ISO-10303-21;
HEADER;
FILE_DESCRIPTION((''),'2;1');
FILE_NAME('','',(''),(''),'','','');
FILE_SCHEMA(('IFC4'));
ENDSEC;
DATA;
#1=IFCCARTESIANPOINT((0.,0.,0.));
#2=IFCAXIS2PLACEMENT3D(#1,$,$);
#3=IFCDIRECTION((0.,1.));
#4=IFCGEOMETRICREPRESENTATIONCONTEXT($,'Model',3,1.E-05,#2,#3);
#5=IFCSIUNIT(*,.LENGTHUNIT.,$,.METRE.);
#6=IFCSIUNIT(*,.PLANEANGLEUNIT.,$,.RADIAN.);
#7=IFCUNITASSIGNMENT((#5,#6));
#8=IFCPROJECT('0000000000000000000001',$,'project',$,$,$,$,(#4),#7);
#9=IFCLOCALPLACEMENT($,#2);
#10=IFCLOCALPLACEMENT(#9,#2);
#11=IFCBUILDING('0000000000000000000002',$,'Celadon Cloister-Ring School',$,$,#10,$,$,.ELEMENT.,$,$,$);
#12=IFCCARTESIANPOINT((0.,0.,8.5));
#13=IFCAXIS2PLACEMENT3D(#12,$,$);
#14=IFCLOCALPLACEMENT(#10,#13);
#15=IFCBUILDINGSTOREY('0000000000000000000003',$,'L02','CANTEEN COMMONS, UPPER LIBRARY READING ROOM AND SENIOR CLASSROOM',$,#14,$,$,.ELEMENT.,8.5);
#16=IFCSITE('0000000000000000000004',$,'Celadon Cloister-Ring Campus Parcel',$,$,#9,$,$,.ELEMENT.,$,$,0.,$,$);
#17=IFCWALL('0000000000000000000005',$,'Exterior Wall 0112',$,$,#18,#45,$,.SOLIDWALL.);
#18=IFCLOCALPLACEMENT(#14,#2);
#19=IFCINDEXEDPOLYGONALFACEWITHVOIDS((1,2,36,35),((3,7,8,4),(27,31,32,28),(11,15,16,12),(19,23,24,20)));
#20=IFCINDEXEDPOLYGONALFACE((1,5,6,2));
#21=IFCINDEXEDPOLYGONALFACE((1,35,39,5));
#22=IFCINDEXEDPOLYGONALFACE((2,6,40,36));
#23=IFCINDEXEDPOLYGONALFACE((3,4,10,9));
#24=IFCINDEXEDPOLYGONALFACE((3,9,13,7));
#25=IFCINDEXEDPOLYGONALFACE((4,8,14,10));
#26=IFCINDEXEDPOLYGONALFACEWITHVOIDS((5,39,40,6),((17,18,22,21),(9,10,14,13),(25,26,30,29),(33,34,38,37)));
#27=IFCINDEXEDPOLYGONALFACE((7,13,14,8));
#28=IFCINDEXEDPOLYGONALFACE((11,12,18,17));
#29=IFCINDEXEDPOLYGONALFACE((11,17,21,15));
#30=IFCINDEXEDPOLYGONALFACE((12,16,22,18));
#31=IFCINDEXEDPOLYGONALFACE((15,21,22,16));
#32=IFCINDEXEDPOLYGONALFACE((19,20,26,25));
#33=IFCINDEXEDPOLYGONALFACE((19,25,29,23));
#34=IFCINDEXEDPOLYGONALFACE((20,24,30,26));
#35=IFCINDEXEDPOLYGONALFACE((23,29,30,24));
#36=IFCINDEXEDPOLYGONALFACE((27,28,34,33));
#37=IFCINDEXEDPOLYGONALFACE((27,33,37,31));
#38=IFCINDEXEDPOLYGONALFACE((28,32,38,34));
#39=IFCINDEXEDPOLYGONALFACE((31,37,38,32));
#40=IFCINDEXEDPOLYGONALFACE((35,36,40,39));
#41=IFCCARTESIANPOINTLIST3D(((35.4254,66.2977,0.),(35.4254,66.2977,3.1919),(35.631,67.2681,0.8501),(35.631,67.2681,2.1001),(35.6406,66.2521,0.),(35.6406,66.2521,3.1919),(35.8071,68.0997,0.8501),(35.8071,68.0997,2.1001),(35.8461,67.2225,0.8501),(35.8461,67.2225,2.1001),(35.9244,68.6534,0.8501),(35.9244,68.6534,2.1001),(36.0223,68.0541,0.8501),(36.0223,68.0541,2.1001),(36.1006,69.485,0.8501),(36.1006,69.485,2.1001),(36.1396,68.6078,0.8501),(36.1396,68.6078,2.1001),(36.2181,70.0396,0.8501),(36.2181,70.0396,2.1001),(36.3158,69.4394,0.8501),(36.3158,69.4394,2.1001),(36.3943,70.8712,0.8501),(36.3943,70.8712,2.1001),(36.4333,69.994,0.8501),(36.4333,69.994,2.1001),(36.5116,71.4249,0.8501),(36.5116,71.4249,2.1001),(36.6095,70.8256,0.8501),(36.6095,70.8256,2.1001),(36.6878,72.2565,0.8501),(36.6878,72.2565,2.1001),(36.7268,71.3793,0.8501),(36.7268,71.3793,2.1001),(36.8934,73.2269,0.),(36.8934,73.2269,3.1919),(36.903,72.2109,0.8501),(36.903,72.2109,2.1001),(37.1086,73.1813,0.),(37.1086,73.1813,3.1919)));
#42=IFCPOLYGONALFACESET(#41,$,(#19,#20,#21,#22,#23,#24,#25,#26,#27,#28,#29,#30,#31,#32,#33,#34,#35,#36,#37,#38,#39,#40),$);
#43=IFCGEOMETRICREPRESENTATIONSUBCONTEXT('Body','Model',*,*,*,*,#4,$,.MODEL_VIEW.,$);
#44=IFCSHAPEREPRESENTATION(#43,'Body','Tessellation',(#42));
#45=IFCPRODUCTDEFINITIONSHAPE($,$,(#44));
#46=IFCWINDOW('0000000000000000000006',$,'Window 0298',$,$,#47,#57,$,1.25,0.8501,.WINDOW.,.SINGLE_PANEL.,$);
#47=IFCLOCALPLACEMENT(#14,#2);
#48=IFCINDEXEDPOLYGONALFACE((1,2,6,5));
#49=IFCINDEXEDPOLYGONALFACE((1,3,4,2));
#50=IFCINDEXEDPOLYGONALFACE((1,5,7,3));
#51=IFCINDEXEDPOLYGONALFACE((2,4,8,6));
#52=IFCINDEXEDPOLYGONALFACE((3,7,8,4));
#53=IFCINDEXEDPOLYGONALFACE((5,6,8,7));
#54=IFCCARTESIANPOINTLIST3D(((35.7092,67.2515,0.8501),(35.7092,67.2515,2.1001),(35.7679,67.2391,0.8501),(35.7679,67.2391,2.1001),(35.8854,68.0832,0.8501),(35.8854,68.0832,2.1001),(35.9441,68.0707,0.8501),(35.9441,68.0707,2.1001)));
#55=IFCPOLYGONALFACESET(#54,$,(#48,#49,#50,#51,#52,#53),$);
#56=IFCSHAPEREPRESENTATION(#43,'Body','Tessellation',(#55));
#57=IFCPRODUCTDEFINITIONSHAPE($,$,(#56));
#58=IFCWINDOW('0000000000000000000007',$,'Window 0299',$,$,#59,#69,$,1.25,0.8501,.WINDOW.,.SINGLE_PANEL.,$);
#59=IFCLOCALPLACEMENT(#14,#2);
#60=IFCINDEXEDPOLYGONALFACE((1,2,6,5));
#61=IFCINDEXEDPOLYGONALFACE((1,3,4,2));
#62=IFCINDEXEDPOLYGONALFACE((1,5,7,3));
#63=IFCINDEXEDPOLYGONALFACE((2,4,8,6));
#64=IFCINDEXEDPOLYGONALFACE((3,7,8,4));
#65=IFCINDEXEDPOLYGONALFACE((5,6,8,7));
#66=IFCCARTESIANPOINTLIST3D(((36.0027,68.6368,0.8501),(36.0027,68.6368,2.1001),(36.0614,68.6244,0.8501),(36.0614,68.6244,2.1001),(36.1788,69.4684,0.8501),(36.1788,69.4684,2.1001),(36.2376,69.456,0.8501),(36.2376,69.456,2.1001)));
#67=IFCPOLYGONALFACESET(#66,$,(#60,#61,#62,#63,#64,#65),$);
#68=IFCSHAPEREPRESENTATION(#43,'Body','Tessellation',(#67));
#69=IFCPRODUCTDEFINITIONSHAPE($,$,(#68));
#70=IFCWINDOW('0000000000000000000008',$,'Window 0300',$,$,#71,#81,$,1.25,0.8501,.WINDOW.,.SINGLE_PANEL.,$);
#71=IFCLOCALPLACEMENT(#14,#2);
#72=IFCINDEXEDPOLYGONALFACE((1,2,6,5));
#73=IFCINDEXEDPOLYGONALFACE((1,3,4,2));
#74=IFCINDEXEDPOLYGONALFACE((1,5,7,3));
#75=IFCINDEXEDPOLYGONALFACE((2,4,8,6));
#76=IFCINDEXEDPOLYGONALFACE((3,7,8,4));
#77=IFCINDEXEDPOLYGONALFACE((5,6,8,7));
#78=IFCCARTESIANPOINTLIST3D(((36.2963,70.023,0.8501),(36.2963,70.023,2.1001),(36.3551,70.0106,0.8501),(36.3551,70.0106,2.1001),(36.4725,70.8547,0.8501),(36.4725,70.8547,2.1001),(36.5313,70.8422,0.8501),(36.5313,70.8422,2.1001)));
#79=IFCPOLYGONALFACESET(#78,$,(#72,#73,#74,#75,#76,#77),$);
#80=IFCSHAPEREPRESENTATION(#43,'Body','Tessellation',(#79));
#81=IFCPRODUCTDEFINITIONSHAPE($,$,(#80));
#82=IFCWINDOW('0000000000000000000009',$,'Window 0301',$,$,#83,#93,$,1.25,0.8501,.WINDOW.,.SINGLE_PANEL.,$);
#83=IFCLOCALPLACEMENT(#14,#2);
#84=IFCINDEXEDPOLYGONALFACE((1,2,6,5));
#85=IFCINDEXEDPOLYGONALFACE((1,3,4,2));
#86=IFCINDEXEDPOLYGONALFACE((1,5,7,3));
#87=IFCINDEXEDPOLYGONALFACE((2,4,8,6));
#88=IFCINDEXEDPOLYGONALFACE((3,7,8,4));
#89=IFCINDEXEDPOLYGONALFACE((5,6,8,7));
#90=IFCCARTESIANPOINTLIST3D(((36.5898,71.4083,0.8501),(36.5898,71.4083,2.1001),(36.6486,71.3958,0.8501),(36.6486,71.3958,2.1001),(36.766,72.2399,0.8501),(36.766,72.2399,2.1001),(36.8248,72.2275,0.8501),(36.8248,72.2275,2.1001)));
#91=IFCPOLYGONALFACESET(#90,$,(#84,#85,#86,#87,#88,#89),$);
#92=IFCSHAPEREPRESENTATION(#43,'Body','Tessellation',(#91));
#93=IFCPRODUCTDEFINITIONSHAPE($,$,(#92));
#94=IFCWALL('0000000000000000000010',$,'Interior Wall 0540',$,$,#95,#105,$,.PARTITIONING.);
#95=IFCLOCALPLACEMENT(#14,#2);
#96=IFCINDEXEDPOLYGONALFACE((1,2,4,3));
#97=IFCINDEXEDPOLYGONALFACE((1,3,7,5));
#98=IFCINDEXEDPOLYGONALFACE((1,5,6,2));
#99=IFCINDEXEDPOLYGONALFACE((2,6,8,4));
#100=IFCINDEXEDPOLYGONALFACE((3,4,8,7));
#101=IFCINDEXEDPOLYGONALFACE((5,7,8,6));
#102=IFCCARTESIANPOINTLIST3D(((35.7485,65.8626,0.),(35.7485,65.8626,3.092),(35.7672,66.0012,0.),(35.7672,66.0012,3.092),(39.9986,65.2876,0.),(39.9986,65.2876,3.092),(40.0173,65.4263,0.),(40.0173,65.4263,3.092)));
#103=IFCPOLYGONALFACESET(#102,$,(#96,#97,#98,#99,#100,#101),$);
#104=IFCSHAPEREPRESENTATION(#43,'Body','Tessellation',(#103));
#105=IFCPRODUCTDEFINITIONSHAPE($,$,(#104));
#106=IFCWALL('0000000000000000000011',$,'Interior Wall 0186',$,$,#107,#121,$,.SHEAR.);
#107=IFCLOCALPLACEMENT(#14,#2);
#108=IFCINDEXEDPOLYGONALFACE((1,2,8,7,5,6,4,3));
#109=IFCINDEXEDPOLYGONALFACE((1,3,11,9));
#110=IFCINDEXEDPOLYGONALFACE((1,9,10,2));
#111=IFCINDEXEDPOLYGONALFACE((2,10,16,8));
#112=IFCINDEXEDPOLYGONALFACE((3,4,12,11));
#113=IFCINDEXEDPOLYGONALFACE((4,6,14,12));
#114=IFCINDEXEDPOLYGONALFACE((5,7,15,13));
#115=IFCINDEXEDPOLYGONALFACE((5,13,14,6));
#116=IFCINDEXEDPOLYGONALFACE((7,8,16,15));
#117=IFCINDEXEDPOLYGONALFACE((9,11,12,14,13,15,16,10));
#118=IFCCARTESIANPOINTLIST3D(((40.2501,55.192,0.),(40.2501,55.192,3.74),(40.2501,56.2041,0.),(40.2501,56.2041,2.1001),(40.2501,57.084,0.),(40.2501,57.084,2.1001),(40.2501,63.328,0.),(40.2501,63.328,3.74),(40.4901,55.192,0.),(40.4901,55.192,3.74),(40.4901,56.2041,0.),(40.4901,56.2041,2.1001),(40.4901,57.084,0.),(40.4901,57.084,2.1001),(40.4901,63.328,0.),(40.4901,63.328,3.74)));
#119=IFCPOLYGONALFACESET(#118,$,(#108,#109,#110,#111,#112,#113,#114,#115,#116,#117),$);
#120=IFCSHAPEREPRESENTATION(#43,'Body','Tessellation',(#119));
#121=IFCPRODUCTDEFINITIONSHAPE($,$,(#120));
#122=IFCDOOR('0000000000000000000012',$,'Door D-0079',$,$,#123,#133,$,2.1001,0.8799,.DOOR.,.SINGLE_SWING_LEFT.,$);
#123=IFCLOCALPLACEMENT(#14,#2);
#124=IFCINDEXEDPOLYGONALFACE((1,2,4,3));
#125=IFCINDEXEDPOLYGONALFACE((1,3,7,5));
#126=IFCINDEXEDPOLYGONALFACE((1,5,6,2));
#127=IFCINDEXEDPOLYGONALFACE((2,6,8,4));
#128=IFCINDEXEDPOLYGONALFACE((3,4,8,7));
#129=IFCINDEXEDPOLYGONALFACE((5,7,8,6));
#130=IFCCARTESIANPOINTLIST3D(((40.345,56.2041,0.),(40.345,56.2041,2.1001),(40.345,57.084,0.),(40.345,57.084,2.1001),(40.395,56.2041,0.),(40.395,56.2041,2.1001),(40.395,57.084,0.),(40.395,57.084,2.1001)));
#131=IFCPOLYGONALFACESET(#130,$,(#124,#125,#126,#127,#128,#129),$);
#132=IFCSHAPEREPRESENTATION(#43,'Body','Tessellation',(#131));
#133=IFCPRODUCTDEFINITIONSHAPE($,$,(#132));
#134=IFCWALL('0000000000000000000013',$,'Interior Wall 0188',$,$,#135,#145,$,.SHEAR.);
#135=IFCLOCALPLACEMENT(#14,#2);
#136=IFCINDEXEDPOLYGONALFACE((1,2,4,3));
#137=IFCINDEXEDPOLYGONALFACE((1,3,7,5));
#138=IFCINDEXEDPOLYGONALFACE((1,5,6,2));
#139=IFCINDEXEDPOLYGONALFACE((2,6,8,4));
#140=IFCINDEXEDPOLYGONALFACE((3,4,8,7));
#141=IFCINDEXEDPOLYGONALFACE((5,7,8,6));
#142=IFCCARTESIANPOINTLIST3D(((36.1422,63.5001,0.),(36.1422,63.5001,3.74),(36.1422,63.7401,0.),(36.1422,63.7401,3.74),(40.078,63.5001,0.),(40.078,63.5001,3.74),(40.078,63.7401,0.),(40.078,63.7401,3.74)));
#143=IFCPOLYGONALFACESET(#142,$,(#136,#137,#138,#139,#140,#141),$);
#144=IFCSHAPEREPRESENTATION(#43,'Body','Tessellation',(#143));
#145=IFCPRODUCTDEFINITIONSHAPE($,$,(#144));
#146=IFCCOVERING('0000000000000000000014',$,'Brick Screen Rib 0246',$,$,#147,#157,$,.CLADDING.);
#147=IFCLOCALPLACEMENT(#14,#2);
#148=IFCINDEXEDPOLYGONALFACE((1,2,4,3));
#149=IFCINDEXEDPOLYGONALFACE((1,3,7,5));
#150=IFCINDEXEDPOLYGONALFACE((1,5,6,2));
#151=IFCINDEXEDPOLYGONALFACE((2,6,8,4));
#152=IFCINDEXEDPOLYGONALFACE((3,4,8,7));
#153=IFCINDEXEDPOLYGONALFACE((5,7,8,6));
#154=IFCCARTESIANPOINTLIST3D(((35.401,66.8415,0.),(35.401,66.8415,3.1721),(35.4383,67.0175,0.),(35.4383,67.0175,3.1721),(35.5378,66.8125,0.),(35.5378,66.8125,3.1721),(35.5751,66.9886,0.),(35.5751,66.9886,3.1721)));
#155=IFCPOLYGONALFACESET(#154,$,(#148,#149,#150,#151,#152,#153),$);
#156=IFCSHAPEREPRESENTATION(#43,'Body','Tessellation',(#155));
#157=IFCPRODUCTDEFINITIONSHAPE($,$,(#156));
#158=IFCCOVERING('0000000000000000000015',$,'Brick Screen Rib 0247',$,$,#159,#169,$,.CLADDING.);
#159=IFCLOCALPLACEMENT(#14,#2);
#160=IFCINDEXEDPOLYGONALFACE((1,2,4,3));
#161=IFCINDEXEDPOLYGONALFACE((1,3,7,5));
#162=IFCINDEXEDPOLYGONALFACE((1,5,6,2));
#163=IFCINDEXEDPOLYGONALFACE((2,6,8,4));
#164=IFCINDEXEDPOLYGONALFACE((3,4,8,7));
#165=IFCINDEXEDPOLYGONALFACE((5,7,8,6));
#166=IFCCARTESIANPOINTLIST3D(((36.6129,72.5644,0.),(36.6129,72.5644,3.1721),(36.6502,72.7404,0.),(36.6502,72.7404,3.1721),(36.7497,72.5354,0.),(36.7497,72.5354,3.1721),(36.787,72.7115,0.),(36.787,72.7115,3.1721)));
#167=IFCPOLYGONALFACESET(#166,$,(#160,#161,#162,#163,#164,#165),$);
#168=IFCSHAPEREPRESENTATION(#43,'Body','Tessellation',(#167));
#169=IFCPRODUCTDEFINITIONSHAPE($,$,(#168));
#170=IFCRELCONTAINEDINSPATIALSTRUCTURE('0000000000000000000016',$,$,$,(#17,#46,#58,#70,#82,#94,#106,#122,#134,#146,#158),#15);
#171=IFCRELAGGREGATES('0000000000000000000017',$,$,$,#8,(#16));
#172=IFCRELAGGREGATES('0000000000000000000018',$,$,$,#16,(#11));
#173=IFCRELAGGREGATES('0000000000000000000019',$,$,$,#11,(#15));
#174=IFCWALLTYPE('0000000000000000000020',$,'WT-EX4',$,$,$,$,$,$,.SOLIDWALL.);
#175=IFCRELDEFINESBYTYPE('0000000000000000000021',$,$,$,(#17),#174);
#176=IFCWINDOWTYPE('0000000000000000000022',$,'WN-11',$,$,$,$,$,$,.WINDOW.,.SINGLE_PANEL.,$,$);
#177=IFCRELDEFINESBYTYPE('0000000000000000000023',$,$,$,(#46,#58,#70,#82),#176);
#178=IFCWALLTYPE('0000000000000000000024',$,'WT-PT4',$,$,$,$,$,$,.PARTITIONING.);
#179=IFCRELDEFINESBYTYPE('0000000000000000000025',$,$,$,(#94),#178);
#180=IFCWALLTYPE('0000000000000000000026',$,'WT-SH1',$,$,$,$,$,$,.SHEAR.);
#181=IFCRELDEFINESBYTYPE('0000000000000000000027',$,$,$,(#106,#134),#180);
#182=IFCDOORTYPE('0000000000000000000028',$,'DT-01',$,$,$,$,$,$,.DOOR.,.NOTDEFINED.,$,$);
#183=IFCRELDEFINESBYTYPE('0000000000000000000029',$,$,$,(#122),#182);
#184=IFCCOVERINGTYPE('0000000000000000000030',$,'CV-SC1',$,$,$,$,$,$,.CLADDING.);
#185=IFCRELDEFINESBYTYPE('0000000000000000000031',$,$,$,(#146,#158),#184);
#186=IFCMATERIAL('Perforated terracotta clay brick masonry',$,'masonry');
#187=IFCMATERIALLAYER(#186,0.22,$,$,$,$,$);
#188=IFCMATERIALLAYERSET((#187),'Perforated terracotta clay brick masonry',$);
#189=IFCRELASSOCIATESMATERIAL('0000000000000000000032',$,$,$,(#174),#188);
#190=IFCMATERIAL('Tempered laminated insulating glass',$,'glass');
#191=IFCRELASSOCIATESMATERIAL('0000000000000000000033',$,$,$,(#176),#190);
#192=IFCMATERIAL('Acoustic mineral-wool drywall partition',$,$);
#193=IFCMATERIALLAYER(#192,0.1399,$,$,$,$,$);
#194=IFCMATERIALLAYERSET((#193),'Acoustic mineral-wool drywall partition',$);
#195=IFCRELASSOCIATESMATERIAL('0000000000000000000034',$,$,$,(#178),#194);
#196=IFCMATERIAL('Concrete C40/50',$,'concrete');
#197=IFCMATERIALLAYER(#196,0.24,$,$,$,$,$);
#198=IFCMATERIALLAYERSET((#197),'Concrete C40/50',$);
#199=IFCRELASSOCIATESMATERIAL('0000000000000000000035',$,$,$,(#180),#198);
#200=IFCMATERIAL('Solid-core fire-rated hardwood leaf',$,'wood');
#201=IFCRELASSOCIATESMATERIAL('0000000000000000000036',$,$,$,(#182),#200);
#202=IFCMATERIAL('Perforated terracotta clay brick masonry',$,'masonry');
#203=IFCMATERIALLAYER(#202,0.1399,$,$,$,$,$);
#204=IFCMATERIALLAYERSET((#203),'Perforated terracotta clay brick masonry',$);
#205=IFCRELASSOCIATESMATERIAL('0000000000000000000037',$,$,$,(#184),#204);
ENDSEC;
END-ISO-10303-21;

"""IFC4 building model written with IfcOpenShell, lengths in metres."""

from ifc_helpers import new_model, si_unit, direction, frame, frame_2d, origin, origin_2d, place, context, subcontext, project, spatial, rectangle, extrude, material, layer, layer_set, type_object, element, fill, save


model = new_model("IFC4")

# Units and contexts
model_context = context("Model", 3, precision=1e-05, world=origin(), true_north=direction((0.0, 1.0)))
body_context = subcontext(model_context, "Body", "Model", "MODEL_VIEW")
ifc_project = project(units=[si_unit("LENGTHUNIT", "METRE"), si_unit("PLANEANGLEUNIT", "RADIAN")], contexts=[model_context])

# Site, building, storey
site_placement = place(None, origin())
site = spatial("IfcSite", under=ifc_project, at=site_placement, Name="Celadon Cloister-Ring Campus Parcel", CompositionType="ELEMENT", RefElevation=0.0)
building_placement = place(site_placement, origin())
building = spatial("IfcBuilding", under=site, at=building_placement, Name="Celadon Cloister-Ring School", CompositionType="ELEMENT")
storey_placement = place(building_placement, frame((0.0, 0.0, 8.5)))
storey = spatial("IfcBuildingStorey", under=building, at=storey_placement, Name="L02", Description="CANTEEN COMMONS, UPPER LIBRARY READING ROOM AND SENIOR CLASSROOM", CompositionType="ELEMENT", Elevation=8.5)

# Wall, openings, windows
ifc_material_1 = material(Name="Perforated terracotta clay brick masonry", Category="masonry")
ifc_layer_1 = layer(ifc_material_1, 0.22)
ifc_layer_set_1 = layer_set([ifc_layer_1], Name="Perforated terracotta clay brick masonry")
wall_type_1 = type_object("IfcWallType", Name="WT-EX4", PredefinedType="SOLIDWALL", material=ifc_layer_set_1)
wall_1_placement = place(storey_placement, frame((35.533, 66.2749, 0.0), z_axis=(0.0, 0.0, 1.0), x_axis=(0.207259, 0.978286, 0.0)))
wall_1 = element("IfcWall", 1, at=wall_1_placement, inside=storey, type_object=wall_type_1, Name="Exterior Wall 0112", PredefinedType="SOLIDWALL", context=body_context, shape_type="SweptSolid", body=[
    extrude(rectangle(XDim=7.083, YDim=0.22, at=frame_2d((3.5415, 0.0))), origin(), (0.0, 0.0, 1.0), 3.1919),
])
opening_1_placement = place(wall_1_placement, frame((0.9919, 0.0, 0.8501)))
opening_1 = element("IfcOpeningElement", 2, at=opening_1_placement, cuts=wall_1, PredefinedType="OPENING", context=body_context, shape_type="SweptSolid", body=[
    extrude(rectangle(XDim=0.8501, YDim=1.25, at=frame_2d((0.425, 0.625))), frame((0.0, 0.1201, 0.0), z_axis=(0.0, -1.0, 0.0), x_axis=(1.0, 0.0, 0.0)), (0.0, 0.0, 1.0), 0.24),
])
opening_2_placement = place(wall_1_placement, frame((2.408, 0.0, 0.8501)))
opening_2 = element("IfcOpeningElement", 3, at=opening_2_placement, cuts=wall_1, PredefinedType="OPENING", context=body_context, shape_type="SweptSolid", body=[
    extrude(rectangle(XDim=0.8501, YDim=1.25, at=frame_2d((0.425, 0.625))), frame((0.0, 0.1201, 0.0), z_axis=(0.0, -1.0, 0.0), x_axis=(1.0, 0.0, 0.0)), (0.0, 0.0, 1.0), 0.24),
])
opening_3_placement = place(wall_1_placement, frame((3.825, 0.0, 0.8501)))
opening_3 = element("IfcOpeningElement", 4, at=opening_3_placement, cuts=wall_1, PredefinedType="OPENING", context=body_context, shape_type="SweptSolid", body=[
    extrude(rectangle(XDim=0.8501, YDim=1.25, at=frame_2d((0.425, 0.625))), frame((0.0, 0.1201, 0.0), z_axis=(0.0, -1.0, 0.0), x_axis=(1.0, 0.0, 0.0)), (0.0, 0.0, 1.0), 0.24),
])
opening_4_placement = place(wall_1_placement, frame((5.241, 0.0, 0.8501)))
opening_4 = element("IfcOpeningElement", 5, at=opening_4_placement, cuts=wall_1, PredefinedType="OPENING", context=body_context, shape_type="SweptSolid", body=[
    extrude(rectangle(XDim=0.8501, YDim=1.25, at=frame_2d((0.425, 0.625))), frame((0.0, 0.1201, 0.0), z_axis=(0.0, -1.0, 0.0), x_axis=(1.0, 0.0, 0.0)), (0.0, 0.0, 1.0), 0.24),
])
ifc_material_2 = material(Name="Tempered laminated insulating glass", Category="glass")
window_type = type_object("IfcWindowType", Name="WN-11", PartitioningType="SINGLE_PANEL", PredefinedType="WINDOW", material=ifc_material_2)
window_1_placement = place(opening_1_placement, origin())
window_1 = element("IfcWindow", 6, at=window_1_placement, inside=storey, type_object=window_type, Name="Window 0298", OverallHeight=1.25, OverallWidth=0.8501, PartitioningType="SINGLE_PANEL", PredefinedType="WINDOW", context=body_context, shape_type="SweptSolid", body=[
    extrude(rectangle(XDim=0.8501, YDim=1.25, at=frame_2d((0.425, 0.625))), frame((0.0, 0.03, 0.0), z_axis=(0.0, -1.0, 0.0), x_axis=(1.0, 0.0, 0.0)), (0.0, 0.0, 1.0), 0.0601),
])
fill(opening_1, window_1)
window_2_placement = place(opening_2_placement, origin())
window_2 = element("IfcWindow", 7, at=window_2_placement, inside=storey, type_object=window_type, Name="Window 0299", OverallHeight=1.25, OverallWidth=0.8501, PartitioningType="SINGLE_PANEL", PredefinedType="WINDOW", context=body_context, shape_type="SweptSolid", body=[
    extrude(rectangle(XDim=0.8501, YDim=1.25, at=frame_2d((0.425, 0.625))), frame((0.0, 0.03, 0.0), z_axis=(0.0, -1.0, 0.0), x_axis=(1.0, 0.0, 0.0)), (0.0, 0.0, 1.0), 0.0601),
])
fill(opening_2, window_2)
window_3_placement = place(opening_3_placement, origin())
window_3 = element("IfcWindow", 8, at=window_3_placement, inside=storey, type_object=window_type, Name="Window 0300", OverallHeight=1.25, OverallWidth=0.8501, PartitioningType="SINGLE_PANEL", PredefinedType="WINDOW", context=body_context, shape_type="SweptSolid", body=[
    extrude(rectangle(XDim=0.8501, YDim=1.25, at=frame_2d((0.425, 0.625))), frame((0.0, 0.03, 0.0), z_axis=(0.0, -1.0, 0.0), x_axis=(1.0, 0.0, 0.0)), (0.0, 0.0, 1.0), 0.0601),
])
fill(opening_3, window_3)
window_4_placement = place(opening_4_placement, origin())
window_4 = element("IfcWindow", 9, at=window_4_placement, inside=storey, type_object=window_type, Name="Window 0301", OverallHeight=1.25, OverallWidth=0.8501, PartitioningType="SINGLE_PANEL", PredefinedType="WINDOW", context=body_context, shape_type="SweptSolid", body=[
    extrude(rectangle(XDim=0.8501, YDim=1.25, at=frame_2d((0.425, 0.625))), frame((0.0, 0.03, 0.0), z_axis=(0.0, -1.0, 0.0), x_axis=(1.0, 0.0, 0.0)), (0.0, 0.0, 1.0), 0.0601),
])
fill(opening_4, window_4)

# Wall
ifc_material_3 = material(Name="Acoustic mineral-wool drywall partition")
ifc_layer_2 = layer(ifc_material_3, 0.1399)
ifc_layer_set_2 = layer_set([ifc_layer_2], Name="Acoustic mineral-wool drywall partition")
wall_type_2 = type_object("IfcWallType", Name="WT-PT4", PredefinedType="PARTITIONING", material=ifc_layer_set_2)
wall_2_placement = place(storey_placement, frame((40.0081, 65.3569, 0.0), z_axis=(0.0, 0.0, 1.0), x_axis=(-0.990973, 0.134061, 0.0)))
element("IfcWall", 10, at=wall_2_placement, inside=storey, type_object=wall_type_2, Name="Interior Wall 0540", PredefinedType="PARTITIONING", context=body_context, shape_type="SweptSolid", body=[
    extrude(rectangle(XDim=4.2888, YDim=0.1399, at=frame_2d((2.1445, 0.0))), origin(), (0.0, 0.0, 1.0), 3.092),
])

# Wall, opening, door
ifc_material_4 = material(Name="Concrete C40/50", Category="concrete")
ifc_layer_3 = layer(ifc_material_4, 0.24)
ifc_layer_set_3 = layer_set([ifc_layer_3], Name="Concrete C40/50")
wall_type_3 = type_object("IfcWallType", Name="WT-SH1", PredefinedType="SHEAR", material=ifc_layer_set_3)
wall_3_placement = place(storey_placement, frame((40.3701, 63.3279, 0.0), z_axis=(0.0, 0.0, 1.0), x_axis=(0.0, -1.0, 0.0)))
wall_3 = element("IfcWall", 11, at=wall_3_placement, inside=storey, type_object=wall_type_3, Name="Interior Wall 0186", PredefinedType="SHEAR", context=body_context, shape_type="SweptSolid", body=[
    extrude(rectangle(XDim=8.136, YDim=0.24, at=frame_2d((4.0679, 0.0))), origin(), (0.0, 0.0, 1.0), 3.74),
])
opening_5_placement = place(wall_3_placement, frame((6.2439, 0.0, 0.0)))
opening_5 = element("IfcOpeningElement", 12, at=opening_5_placement, cuts=wall_3, PredefinedType="OPENING", context=body_context, shape_type="SweptSolid", body=[
    extrude(rectangle(XDim=0.8799, YDim=2.1001, at=frame_2d((0.4399, 1.05))), frame((0.0, 0.1299, 0.0), z_axis=(0.0, -1.0, 0.0), x_axis=(1.0, 0.0, 0.0)), (0.0, 0.0, 1.0), 0.26),
])
ifc_material_5 = material(Name="Solid-core fire-rated hardwood leaf", Category="wood")
door_type = type_object("IfcDoorType", Name="DT-01", OperationType="NOTDEFINED", PredefinedType="DOOR", material=ifc_material_5)
door_placement = place(opening_5_placement, origin())
door = element("IfcDoor", 13, at=door_placement, inside=storey, type_object=door_type, Name="Door D-0079", OperationType="SINGLE_SWING_LEFT", OverallHeight=2.1001, OverallWidth=0.8799, PredefinedType="DOOR", context=body_context, shape_type="SweptSolid", body=[
    extrude(rectangle(XDim=0.8799, YDim=2.1001, at=frame_2d((0.4399, 1.05))), frame((0.0, 0.0249, 0.0), z_axis=(0.0, -1.0, 0.0), x_axis=(1.0, 0.0, 0.0)), (0.0, 0.0, 1.0), 0.05),
])
fill(opening_5, door)

# Wall
wall_4_placement = place(storey_placement, frame((40.0779, 63.6201, 0.0), z_axis=(0.0, 0.0, 1.0), x_axis=(-1.0, 0.0, 0.0)))
element("IfcWall", 14, at=wall_4_placement, inside=storey, type_object=wall_type_3, Name="Interior Wall 0188", PredefinedType="SHEAR", context=body_context, shape_type="SweptSolid", body=[
    extrude(rectangle(XDim=3.9358, YDim=0.24, at=frame_2d((1.9678, 0.0))), origin(), (0.0, 0.0, 1.0), 3.74),
])

# Coverings
ifc_material_6 = material(Name="Perforated terracotta clay brick masonry", Category="masonry")
ifc_layer_4 = layer(ifc_material_6, 0.1399)
ifc_layer_set_4 = layer_set([ifc_layer_4], Name="Perforated terracotta clay brick masonry")
covering_type = type_object("IfcCoveringType", Name="CV-SC1", PredefinedType="CLADDING", material=ifc_layer_set_4)
for number, where, z_axis, x_axis, name in (
    (15, (35.488, 66.915, 0.0), (0.0, 0.0, 1.0), (0.207263, 0.978285, 0.0), "Brick Screen Rib 0246"),
    (16, (36.7, 72.6379, 0.0), (0.0, 0.0, 1.0), (0.207263, 0.978285, 0.0), "Brick Screen Rib 0247"),
):
    element("IfcCovering", number, at=place(storey_placement, frame(where, z_axis=z_axis, x_axis=x_axis)), inside=storey, type_object=covering_type, Name=name, PredefinedType="CLADDING", context=body_context, shape_type="SweptSolid", body=[
        extrude(rectangle(XDim=0.1799, YDim=0.1399, at=origin_2d()), origin(), (0.0, 0.0, 1.0), 3.1721),
    ])

save(model, "model.ifc")
